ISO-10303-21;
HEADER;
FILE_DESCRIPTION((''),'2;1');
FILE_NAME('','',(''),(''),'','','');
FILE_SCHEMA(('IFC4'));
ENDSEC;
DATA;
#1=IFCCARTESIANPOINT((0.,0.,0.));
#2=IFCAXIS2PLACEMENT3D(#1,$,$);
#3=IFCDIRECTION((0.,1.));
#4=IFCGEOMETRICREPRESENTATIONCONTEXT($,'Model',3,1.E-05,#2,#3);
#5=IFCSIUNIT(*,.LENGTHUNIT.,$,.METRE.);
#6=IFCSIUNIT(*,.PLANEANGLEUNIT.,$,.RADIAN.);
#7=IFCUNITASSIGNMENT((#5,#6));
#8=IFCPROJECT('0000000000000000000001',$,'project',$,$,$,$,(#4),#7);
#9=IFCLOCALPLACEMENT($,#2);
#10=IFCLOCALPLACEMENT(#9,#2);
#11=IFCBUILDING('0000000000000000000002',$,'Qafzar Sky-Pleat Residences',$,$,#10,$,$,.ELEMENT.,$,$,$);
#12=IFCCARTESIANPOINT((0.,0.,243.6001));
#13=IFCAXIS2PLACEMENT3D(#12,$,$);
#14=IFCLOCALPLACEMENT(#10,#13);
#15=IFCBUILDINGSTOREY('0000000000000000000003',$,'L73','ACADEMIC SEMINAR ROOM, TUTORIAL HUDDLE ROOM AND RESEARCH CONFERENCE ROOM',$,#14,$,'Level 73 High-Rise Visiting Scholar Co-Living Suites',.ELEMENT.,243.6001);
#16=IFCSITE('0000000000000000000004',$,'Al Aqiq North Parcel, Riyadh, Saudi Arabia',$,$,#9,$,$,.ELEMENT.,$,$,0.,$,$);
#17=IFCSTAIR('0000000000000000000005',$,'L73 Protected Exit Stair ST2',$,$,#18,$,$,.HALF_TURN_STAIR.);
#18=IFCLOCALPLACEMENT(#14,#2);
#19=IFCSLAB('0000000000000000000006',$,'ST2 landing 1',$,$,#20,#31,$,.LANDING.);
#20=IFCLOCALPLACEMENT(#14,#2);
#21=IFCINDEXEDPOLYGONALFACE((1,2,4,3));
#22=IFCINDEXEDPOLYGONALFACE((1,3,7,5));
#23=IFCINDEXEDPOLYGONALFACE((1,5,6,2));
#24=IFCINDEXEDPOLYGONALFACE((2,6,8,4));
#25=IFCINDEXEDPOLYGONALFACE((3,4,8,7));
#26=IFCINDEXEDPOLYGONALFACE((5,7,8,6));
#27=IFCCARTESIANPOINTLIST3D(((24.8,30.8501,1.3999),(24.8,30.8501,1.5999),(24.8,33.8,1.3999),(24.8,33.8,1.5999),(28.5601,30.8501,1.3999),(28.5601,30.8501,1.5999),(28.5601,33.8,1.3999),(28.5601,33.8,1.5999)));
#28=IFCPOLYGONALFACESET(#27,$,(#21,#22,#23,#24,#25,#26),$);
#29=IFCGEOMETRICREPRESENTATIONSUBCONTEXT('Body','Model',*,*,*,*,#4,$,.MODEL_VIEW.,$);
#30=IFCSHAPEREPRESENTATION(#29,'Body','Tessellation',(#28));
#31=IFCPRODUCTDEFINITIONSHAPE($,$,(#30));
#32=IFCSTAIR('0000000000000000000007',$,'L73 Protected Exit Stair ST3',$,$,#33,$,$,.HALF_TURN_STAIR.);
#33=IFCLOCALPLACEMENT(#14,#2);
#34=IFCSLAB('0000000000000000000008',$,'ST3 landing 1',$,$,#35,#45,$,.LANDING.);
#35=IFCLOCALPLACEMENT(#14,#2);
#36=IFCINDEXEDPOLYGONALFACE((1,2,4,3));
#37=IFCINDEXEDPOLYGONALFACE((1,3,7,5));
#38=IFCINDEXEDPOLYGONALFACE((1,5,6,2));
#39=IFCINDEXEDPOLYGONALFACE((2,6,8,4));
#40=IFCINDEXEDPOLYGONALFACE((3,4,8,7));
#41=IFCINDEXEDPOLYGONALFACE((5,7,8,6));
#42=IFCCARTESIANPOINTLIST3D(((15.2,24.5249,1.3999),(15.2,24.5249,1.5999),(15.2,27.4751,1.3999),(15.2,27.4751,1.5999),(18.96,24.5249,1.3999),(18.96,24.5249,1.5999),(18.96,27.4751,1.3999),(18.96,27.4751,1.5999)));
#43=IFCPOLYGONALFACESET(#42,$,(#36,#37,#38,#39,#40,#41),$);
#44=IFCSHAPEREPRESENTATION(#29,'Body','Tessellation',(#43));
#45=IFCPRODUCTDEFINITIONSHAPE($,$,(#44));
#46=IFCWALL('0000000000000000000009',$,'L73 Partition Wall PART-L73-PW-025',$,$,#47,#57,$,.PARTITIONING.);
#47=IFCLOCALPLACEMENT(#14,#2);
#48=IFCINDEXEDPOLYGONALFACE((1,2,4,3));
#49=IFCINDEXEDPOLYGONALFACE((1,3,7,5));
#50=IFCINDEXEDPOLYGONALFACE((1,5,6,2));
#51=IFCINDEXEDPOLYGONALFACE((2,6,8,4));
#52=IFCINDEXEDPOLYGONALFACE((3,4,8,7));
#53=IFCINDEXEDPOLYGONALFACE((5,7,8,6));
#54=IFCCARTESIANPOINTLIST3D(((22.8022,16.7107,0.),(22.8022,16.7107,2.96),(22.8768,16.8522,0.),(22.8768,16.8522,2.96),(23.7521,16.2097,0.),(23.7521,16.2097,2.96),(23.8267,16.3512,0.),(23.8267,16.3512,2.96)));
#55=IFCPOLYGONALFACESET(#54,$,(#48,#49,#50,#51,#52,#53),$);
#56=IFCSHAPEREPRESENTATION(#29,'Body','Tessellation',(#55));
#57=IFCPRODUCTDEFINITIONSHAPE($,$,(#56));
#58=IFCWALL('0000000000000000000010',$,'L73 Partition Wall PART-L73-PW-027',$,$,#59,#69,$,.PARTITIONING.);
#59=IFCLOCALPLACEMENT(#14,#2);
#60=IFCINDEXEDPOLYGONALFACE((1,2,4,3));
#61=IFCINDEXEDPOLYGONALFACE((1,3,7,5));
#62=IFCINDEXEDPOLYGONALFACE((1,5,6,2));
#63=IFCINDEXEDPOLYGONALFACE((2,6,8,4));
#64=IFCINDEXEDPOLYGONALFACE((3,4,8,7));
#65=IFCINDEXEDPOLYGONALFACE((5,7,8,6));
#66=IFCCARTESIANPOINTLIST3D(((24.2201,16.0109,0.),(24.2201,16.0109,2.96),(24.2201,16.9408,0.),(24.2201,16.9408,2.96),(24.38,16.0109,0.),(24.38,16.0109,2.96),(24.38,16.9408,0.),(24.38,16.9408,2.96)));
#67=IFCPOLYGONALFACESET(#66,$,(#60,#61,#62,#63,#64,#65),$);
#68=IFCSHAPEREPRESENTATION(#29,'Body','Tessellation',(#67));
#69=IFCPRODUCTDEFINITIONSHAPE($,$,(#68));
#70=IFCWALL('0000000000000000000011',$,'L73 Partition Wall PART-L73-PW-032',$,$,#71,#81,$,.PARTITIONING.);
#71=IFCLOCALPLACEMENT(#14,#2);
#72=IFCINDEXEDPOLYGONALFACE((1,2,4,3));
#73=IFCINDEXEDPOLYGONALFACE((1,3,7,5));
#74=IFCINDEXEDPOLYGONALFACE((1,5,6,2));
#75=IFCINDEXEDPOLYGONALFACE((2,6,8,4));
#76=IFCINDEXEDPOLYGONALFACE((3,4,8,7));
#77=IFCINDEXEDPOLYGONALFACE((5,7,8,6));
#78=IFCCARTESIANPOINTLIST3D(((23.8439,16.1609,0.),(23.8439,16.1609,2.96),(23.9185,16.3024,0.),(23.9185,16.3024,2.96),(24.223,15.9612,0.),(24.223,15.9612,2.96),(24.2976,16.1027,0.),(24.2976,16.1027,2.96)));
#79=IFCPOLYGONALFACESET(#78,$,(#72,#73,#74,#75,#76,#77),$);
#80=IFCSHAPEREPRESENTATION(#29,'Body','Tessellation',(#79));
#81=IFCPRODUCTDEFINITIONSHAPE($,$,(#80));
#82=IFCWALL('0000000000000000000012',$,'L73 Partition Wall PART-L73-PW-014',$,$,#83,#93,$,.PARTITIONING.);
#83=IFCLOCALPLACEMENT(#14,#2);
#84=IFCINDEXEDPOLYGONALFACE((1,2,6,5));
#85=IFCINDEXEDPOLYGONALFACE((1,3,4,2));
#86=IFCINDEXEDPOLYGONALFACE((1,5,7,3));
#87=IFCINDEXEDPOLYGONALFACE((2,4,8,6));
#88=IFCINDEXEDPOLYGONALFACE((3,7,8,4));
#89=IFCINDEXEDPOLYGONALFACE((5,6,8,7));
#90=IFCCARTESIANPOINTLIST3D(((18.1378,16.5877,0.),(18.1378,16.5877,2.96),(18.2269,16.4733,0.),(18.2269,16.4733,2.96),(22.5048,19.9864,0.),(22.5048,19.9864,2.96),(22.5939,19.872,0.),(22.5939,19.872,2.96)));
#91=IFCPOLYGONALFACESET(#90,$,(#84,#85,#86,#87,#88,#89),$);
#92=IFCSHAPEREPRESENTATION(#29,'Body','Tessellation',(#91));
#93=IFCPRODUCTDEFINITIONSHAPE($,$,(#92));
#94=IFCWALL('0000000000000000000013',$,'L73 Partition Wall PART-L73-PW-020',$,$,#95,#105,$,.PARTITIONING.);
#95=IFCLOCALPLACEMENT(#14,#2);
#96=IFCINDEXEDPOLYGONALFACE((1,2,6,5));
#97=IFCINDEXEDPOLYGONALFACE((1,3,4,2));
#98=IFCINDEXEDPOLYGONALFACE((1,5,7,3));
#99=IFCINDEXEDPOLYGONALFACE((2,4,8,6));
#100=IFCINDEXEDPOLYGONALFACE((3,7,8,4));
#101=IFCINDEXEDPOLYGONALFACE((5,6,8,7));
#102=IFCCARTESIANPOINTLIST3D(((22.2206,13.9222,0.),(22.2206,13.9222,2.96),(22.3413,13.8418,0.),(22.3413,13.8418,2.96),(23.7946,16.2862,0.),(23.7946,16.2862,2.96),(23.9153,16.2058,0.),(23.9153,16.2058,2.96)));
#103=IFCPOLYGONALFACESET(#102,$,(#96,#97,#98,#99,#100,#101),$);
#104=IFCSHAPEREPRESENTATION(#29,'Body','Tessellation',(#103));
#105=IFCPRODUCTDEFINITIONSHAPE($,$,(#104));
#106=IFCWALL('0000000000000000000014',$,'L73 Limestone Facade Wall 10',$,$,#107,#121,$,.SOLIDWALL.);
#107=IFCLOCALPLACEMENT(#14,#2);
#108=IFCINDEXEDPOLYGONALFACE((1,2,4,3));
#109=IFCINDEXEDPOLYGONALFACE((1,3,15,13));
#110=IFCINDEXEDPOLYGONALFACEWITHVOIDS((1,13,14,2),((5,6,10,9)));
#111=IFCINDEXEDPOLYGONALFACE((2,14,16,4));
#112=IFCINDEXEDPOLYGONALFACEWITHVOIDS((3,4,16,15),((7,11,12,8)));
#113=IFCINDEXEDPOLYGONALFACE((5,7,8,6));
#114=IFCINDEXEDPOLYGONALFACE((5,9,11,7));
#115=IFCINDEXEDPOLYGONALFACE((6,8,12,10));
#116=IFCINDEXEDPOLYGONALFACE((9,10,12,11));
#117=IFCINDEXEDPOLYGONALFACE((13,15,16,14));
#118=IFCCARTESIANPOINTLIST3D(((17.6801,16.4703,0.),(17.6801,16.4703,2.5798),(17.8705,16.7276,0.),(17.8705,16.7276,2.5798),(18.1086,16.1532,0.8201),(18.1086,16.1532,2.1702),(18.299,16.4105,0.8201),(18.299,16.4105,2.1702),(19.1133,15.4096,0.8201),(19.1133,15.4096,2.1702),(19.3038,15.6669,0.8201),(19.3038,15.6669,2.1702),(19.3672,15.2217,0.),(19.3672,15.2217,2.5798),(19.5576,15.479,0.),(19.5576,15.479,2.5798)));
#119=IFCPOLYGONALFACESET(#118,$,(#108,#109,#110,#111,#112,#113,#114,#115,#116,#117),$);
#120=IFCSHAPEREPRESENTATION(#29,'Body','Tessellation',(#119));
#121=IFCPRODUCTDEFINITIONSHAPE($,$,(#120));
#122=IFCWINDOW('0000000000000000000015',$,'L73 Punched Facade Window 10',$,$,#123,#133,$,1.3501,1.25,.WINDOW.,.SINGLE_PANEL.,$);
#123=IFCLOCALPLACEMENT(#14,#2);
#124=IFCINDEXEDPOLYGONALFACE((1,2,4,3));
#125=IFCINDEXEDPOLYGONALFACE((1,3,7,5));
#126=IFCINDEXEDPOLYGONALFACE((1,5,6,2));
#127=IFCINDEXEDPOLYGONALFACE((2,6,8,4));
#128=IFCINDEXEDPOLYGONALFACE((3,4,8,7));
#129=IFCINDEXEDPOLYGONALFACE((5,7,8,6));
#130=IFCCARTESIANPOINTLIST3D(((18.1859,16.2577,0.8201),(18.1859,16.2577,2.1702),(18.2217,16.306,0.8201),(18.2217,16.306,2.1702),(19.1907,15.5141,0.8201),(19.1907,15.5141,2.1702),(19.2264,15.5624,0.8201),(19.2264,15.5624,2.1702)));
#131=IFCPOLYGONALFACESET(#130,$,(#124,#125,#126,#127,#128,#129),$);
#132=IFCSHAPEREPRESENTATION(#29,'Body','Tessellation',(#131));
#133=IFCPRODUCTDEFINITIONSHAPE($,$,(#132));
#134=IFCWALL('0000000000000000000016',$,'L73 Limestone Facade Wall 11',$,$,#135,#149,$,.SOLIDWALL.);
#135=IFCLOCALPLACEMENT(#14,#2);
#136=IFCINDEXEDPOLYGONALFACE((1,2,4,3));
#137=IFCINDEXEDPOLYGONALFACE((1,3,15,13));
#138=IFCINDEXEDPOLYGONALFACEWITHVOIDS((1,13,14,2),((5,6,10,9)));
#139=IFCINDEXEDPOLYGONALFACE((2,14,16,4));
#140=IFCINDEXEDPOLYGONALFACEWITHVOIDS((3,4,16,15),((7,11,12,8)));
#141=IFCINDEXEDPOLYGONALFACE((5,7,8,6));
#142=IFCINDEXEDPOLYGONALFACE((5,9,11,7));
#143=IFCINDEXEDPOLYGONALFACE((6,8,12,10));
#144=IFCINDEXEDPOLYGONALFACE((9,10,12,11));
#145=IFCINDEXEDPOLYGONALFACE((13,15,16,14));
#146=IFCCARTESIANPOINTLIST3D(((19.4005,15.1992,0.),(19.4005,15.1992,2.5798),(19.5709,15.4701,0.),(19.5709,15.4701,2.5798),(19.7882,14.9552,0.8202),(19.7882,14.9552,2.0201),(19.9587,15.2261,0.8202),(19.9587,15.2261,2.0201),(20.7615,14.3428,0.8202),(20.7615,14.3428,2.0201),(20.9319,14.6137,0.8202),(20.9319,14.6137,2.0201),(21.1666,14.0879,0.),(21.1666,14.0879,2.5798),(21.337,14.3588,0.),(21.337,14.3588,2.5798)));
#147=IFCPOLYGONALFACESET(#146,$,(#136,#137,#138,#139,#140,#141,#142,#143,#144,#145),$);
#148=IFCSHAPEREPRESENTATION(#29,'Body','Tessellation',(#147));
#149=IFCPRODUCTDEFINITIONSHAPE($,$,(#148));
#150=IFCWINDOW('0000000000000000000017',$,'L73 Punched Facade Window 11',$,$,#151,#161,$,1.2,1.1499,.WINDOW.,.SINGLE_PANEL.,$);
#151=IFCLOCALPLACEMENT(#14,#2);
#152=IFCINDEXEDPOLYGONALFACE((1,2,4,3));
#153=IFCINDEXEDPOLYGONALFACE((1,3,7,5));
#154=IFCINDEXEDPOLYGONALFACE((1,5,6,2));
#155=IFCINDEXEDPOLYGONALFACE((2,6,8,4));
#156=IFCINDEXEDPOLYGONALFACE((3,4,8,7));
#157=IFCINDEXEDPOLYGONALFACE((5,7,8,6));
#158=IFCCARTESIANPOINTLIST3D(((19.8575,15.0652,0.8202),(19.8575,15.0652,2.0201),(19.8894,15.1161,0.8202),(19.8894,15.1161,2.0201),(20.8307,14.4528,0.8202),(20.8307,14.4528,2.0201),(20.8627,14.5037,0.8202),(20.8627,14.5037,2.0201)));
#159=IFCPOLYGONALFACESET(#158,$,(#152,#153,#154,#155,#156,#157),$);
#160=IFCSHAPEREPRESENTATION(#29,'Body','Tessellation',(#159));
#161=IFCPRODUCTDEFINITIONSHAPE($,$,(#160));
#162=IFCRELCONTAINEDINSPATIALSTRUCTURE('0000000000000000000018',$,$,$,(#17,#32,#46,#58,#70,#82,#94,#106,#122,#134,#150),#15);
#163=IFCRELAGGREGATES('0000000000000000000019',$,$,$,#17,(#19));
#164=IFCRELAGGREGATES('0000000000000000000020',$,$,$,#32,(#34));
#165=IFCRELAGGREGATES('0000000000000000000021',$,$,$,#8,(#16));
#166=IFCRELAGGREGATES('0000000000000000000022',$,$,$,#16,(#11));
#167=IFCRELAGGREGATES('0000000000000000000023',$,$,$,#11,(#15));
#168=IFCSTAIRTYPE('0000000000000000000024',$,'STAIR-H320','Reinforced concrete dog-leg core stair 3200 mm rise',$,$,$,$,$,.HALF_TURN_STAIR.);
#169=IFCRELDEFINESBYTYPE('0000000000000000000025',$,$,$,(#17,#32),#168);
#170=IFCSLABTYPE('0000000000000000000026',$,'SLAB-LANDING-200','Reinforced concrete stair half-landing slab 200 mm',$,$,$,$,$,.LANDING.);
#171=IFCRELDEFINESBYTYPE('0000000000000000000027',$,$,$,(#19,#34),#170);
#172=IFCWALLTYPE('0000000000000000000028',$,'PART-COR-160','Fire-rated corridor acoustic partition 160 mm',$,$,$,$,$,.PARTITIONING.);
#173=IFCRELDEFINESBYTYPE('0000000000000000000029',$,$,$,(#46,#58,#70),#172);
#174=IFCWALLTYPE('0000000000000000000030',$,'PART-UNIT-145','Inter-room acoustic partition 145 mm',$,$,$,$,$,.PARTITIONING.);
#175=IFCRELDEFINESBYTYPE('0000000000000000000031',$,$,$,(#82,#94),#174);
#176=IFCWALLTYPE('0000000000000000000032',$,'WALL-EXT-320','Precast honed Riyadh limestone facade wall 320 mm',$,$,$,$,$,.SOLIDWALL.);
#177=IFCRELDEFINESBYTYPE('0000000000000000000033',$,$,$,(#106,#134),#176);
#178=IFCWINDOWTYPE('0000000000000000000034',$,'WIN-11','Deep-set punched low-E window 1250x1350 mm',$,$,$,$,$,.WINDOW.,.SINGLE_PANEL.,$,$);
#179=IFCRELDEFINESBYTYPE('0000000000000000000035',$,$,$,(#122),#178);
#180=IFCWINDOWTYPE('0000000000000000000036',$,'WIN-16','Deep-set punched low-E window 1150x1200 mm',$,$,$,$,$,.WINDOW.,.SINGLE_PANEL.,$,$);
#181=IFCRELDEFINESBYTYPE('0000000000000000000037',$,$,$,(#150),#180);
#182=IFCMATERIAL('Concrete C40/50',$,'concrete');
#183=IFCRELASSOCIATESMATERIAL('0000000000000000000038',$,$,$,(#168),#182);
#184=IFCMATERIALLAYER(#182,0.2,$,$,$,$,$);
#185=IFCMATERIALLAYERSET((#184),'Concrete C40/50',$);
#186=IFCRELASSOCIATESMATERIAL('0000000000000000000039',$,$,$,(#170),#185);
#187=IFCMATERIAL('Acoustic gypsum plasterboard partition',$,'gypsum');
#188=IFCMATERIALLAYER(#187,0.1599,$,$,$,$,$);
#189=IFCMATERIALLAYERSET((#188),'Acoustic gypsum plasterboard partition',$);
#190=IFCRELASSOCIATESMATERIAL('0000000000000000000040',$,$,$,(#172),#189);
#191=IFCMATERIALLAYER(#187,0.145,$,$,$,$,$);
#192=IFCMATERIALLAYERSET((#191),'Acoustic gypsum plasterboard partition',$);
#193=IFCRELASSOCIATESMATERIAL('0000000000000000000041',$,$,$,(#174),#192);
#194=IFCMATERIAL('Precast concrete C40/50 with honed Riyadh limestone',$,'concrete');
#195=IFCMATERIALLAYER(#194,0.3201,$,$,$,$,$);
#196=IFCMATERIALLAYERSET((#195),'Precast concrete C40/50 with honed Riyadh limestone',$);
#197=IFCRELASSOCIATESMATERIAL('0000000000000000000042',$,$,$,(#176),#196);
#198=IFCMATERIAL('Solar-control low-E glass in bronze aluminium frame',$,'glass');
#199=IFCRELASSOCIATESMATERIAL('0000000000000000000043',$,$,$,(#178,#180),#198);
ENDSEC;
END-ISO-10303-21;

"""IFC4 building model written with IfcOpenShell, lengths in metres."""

from ifc_helpers import new_model, si_unit, direction, frame, frame_2d, origin, place, context, subcontext, project, spatial, polyline, rectangle, outline, extrude, source, transform, mapped, material, layer, layer_set, type_object, element, fill, aggregate, save


model = new_model("IFC4")

# Units and contexts
model_context = context("Model", 3, precision=1e-05, world=origin(), true_north=direction((0.0, 1.0)))
body_context = subcontext(model_context, "Body", "Model", "MODEL_VIEW")
ifc_project = project(units=[si_unit("LENGTHUNIT", "METRE"), si_unit("PLANEANGLEUNIT", "RADIAN")], contexts=[model_context])

# Site, building, storey
site_placement = place(None, origin())
site = spatial("IfcSite", under=ifc_project, at=site_placement, Name="Al Aqiq North Parcel, Riyadh, Saudi Arabia", CompositionType="ELEMENT", RefElevation=0.0)
building_placement = place(site_placement, origin())
building = spatial("IfcBuilding", under=site, at=building_placement, Name="Qafzar Sky-Pleat Residences", CompositionType="ELEMENT")
storey_placement = place(building_placement, frame((0.0, 0.0, 243.6001)))
storey = spatial("IfcBuildingStorey", under=building, at=storey_placement, Name="L73", Description="ACADEMIC SEMINAR ROOM, TUTORIAL HUDDLE ROOM AND RESEARCH CONFERENCE ROOM", LongName="Level 73 High-Rise Visiting Scholar Co-Living Suites", CompositionType="ELEMENT", Elevation=243.6001)

# Shared definitions
ifc_material_1 = material(Name="Concrete C40/50", Category="concrete")

# Stairs, slabs
stair_type = type_object("IfcStairType", Name="STAIR-H320", Description="Reinforced concrete dog-leg core stair 3200 mm rise", PredefinedType="HALF_TURN_STAIR", material=ifc_material_1)
ifc_layer_1 = layer(ifc_material_1, 0.2)
ifc_layer_set_1 = layer_set([ifc_layer_1], Name="Concrete C40/50")
slab_type_1 = type_object("IfcSlabType", Name="SLAB-LANDING-200", Description="Reinforced concrete stair half-landing slab 200 mm", PredefinedType="LANDING", material=ifc_layer_set_1)
stair_1_placement = place(storey_placement, origin())
stair_1 = element("IfcStair", 1, at=stair_1_placement, inside=storey, type_object=stair_type, Name="L73 Protected Exit Stair ST2", PredefinedType="HALF_TURN_STAIR")
slab_1_placement = place(storey_placement, frame((0.0, 0.0, 1.3999)))
slab_1 = element("IfcSlab", 2, at=slab_1_placement, type_object=slab_type_1, Name="ST2 landing 1", PredefinedType="LANDING", context=body_context, shape_type="SweptSolid", body=[
    extrude(outline(polyline([(28.5601, 33.8), (24.8, 33.8), (24.8, 30.8501), (28.5601, 30.8501), (28.5601, 33.8)])), origin(), (0.0, 0.0, 1.0), 0.2),
])
aggregate(stair_1, [slab_1])
stair_2_placement = place(storey_placement, origin())
stair_2 = element("IfcStair", 3, at=stair_2_placement, inside=storey, type_object=stair_type, Name="L73 Protected Exit Stair ST3", PredefinedType="HALF_TURN_STAIR")
slab_2_placement = place(storey_placement, frame((0.0, 0.0, 1.3999)))
slab_2 = element("IfcSlab", 4, at=slab_2_placement, type_object=slab_type_1, Name="ST3 landing 1", PredefinedType="LANDING", context=body_context, shape_type="SweptSolid", body=[
    extrude(outline(polyline([(18.96, 27.4751), (15.2, 27.4751), (15.2, 24.5249), (18.96, 24.5249), (18.96, 27.4751)])), origin(), (0.0, 0.0, 1.0), 0.2),
])
aggregate(stair_2, [slab_2])

# Walls
ifc_material_2 = material(Name="Acoustic gypsum plasterboard partition", Category="gypsum")
ifc_layer_2 = layer(ifc_material_2, 0.1599)
ifc_layer_set_2 = layer_set([ifc_layer_2], Name="Acoustic gypsum plasterboard partition")
wall_type_1 = type_object("IfcWallType", Name="PART-COR-160", Description="Fire-rated corridor acoustic partition 160 mm", PredefinedType="PARTITIONING", material=ifc_layer_set_2)
wall_1_placement = place(storey_placement, frame((22.8394, 16.7815, 0.0), z_axis=(0.0, 0.0, 1.0), x_axis=(0.884533, -0.466477, 0.0)))
element("IfcWall", 5, at=wall_1_placement, inside=storey, type_object=wall_type_1, Name="L73 Partition Wall PART-L73-PW-025", PredefinedType="PARTITIONING", context=body_context, shape_type="SweptSolid", body=[
    extrude(rectangle(XDim=1.074, YDim=0.1599, at=frame_2d((0.5371, 0.0))), origin(), (0.0, 0.0, 1.0), 2.96),
])
wall_2_placement = place(storey_placement, frame((24.3, 16.011, 0.0), z_axis=(0.0, 0.0, 1.0), x_axis=(0.0, 1.0, 0.0)))
element("IfcWall", 6, at=wall_2_placement, inside=storey, type_object=wall_type_1, Name="L73 Partition Wall PART-L73-PW-027", PredefinedType="PARTITIONING", context=body_context, shape_type="SweptSolid", body=[
    extrude(rectangle(XDim=0.9299, YDim=0.1599, at=frame_2d((0.4648, 0.0))), origin(), (0.0, 0.0, 1.0), 2.96),
])
wall_3_placement = place(storey_placement, frame((23.8811, 16.2317, 0.0), z_axis=(0.0, 0.0, 1.0), x_axis=(0.88477, -0.466028, 0.0)))
element("IfcWall", 7, at=wall_3_placement, inside=storey, type_object=wall_type_1, Name="L73 Partition Wall PART-L73-PW-032", PredefinedType="PARTITIONING", context=body_context, shape_type="SweptSolid", body=[
    extrude(rectangle(XDim=0.4285, YDim=0.1599, at=frame_2d((0.2144, 0.0))), origin(), (0.0, 0.0, 1.0), 2.96),
])
ifc_layer_3 = layer(ifc_material_2, 0.145)
ifc_layer_set_3 = layer_set([ifc_layer_3], Name="Acoustic gypsum plasterboard partition")
wall_type_2 = type_object("IfcWallType", Name="PART-UNIT-145", Description="Inter-room acoustic partition 145 mm", PredefinedType="PARTITIONING", material=ifc_layer_set_3)
wall_4_placement = place(storey_placement, frame((18.1824, 16.5305, 0.0), z_axis=(0.0, 0.0, 1.0), x_axis=(0.789162, 0.614185, 0.0)))
element("IfcWall", 8, at=wall_4_placement, inside=storey, type_object=wall_type_2, Name="L73 Partition Wall PART-L73-PW-014", PredefinedType="PARTITIONING", context=body_context, shape_type="SweptSolid", body=[
    extrude(rectangle(XDim=5.5337, YDim=0.145, at=frame_2d((2.7668, 0.0))), origin(), (0.0, 0.0, 1.0), 2.96),
])
wall_5_placement = place(storey_placement, frame((22.281, 13.8821, 0.0), z_axis=(0.0, 0.0, 1.0), x_axis=(0.554204, 0.832381, 0.0)))
element("IfcWall", 9, at=wall_5_placement, inside=storey, type_object=wall_type_2, Name="L73 Partition Wall PART-L73-PW-020", PredefinedType="PARTITIONING", context=body_context, shape_type="SweptSolid", body=[
    extrude(rectangle(XDim=2.8401, YDim=0.145, at=frame_2d((1.4199, 0.0))), origin(), (0.0, 0.0, 1.0), 2.96),
])

# Walls, openings, windows
ifc_material_3 = material(Name="Precast concrete C40/50 with honed Riyadh limestone", Category="concrete")
ifc_layer_4 = layer(ifc_material_3, 0.3201)
ifc_layer_set_4 = layer_set([ifc_layer_4], Name="Precast concrete C40/50 with honed Riyadh limestone")
wall_type_3 = type_object("IfcWallType", Name="WALL-EXT-320", Description="Precast honed Riyadh limestone facade wall 320 mm", PredefinedType="SOLIDWALL", material=ifc_layer_set_4)
wall_6_placement = place(storey_placement, frame((17.7754, 16.5989, 0.0), z_axis=(0.0, 0.0, 1.0), x_axis=(0.803809, -0.594888, 0.0)))
wall_6 = element("IfcWall", 10, at=wall_6_placement, inside=storey, type_object=wall_type_3, Name="L73 Limestone Facade Wall 10", PredefinedType="SOLIDWALL", context=body_context, shape_type="SweptSolid", body=[
    extrude(rectangle(XDim=2.0989, YDim=0.3201, at=frame_2d((1.0493, 0.0))), origin(), (0.0, 0.0, 1.0), 2.5798),
])
opening_1_placement = place(wall_6_placement, frame((0.533, 0.0, 0.8201)))
opening_1 = element("IfcOpeningElement", 11, at=opening_1_placement, cuts=wall_6, PredefinedType="OPENING", context=body_context, shape_type="SweptSolid", body=[
    extrude(rectangle(XDim=1.25, YDim=1.3501, at=frame_2d((0.625, 0.675))), frame((0.0, 0.1699, 0.0), z_axis=(0.0, -1.0, 0.0), x_axis=(1.0, 0.0, 0.0)), (0.0, 0.0, 1.0), 0.3401),
])
ifc_material_4 = material(Name="Solar-control low-E glass in bronze aluminium frame", Category="glass")
window_type_1 = type_object("IfcWindowType", Name="WIN-11", Description="Deep-set punched low-E window 1250x1350 mm", PartitioningType="SINGLE_PANEL", PredefinedType="WINDOW", material=ifc_material_4)
shared_shape_1 = source(origin(), body_context, "Body", "SweptSolid", [
    extrude(rectangle(XDim=1.25, YDim=1.3501, at=frame_2d((0.625, 0.675))), frame((0.0, 0.03, 0.0), z_axis=(0.0, -1.0, 0.0), x_axis=(1.0, 0.0, 0.0)), (0.0, 0.0, 1.0), 0.0601),
])
window_1_placement = place(opening_1_placement, origin())
window_1 = element("IfcWindow", 12, at=window_1_placement, inside=storey, type_object=window_type_1, Name="L73 Punched Facade Window 10", OverallHeight=1.3501, OverallWidth=1.25, PartitioningType="SINGLE_PANEL", PredefinedType="WINDOW", context=body_context, shape_type="MappedRepresentation", body=[
    mapped(shared_shape_1, transform((0.0, 0.0, 0.0), x_axis=(1.0, 0.0, 0.0), y_axis=(0.0, 1.0, 0.0), z_axis=(0.0, 0.0, 1.0), scale=1.0)),
])
fill(opening_1, window_1)
wall_7_placement = place(storey_placement, frame((19.4856, 15.3347, 0.0), z_axis=(0.0, 0.0, 1.0), x_axis=(0.846377, -0.532584, 0.0)))
wall_7 = element("IfcWall", 13, at=wall_7_placement, inside=storey, type_object=wall_type_3, Name="L73 Limestone Facade Wall 11", PredefinedType="SOLIDWALL", context=body_context, shape_type="SweptSolid", body=[
    extrude(rectangle(XDim=2.0867, YDim=0.3201, at=frame_2d((1.0435, 0.0))), origin(), (0.0, 0.0, 1.0), 2.5798),
])
opening_2_placement = place(wall_7_placement, frame((0.4583, 0.0, 0.8201)))
opening_2 = element("IfcOpeningElement", 14, at=opening_2_placement, cuts=wall_7, PredefinedType="OPENING", context=body_context, shape_type="SweptSolid", body=[
    extrude(rectangle(XDim=1.1499, YDim=1.2, at=frame_2d((0.575, 0.6001))), frame((0.0, 0.1699, 0.0), z_axis=(0.0, -1.0, 0.0), x_axis=(1.0, 0.0, 0.0)), (0.0, 0.0, 1.0), 0.3401),
])
window_type_2 = type_object("IfcWindowType", Name="WIN-16", Description="Deep-set punched low-E window 1150x1200 mm", PartitioningType="SINGLE_PANEL", PredefinedType="WINDOW", material=ifc_material_4)
shared_shape_2 = source(origin(), body_context, "Body", "SweptSolid", [
    extrude(rectangle(XDim=1.1499, YDim=1.2, at=frame_2d((0.575, 0.6001))), frame((0.0, 0.03, 0.0), z_axis=(0.0, -1.0, 0.0), x_axis=(1.0, 0.0, 0.0)), (0.0, 0.0, 1.0), 0.0601),
])
window_2_placement = place(opening_2_placement, origin())
window_2 = element("IfcWindow", 15, at=window_2_placement, inside=storey, type_object=window_type_2, Name="L73 Punched Facade Window 11", OverallHeight=1.2, OverallWidth=1.1499, PartitioningType="SINGLE_PANEL", PredefinedType="WINDOW", context=body_context, shape_type="MappedRepresentation", body=[
    mapped(shared_shape_2, transform((0.0, 0.0, 0.0), x_axis=(1.0, 0.0, 0.0), y_axis=(0.0, 1.0, 0.0), z_axis=(0.0, 0.0, 1.0), scale=1.0)),
])
fill(opening_2, window_2)

save(model, "model.ifc")
